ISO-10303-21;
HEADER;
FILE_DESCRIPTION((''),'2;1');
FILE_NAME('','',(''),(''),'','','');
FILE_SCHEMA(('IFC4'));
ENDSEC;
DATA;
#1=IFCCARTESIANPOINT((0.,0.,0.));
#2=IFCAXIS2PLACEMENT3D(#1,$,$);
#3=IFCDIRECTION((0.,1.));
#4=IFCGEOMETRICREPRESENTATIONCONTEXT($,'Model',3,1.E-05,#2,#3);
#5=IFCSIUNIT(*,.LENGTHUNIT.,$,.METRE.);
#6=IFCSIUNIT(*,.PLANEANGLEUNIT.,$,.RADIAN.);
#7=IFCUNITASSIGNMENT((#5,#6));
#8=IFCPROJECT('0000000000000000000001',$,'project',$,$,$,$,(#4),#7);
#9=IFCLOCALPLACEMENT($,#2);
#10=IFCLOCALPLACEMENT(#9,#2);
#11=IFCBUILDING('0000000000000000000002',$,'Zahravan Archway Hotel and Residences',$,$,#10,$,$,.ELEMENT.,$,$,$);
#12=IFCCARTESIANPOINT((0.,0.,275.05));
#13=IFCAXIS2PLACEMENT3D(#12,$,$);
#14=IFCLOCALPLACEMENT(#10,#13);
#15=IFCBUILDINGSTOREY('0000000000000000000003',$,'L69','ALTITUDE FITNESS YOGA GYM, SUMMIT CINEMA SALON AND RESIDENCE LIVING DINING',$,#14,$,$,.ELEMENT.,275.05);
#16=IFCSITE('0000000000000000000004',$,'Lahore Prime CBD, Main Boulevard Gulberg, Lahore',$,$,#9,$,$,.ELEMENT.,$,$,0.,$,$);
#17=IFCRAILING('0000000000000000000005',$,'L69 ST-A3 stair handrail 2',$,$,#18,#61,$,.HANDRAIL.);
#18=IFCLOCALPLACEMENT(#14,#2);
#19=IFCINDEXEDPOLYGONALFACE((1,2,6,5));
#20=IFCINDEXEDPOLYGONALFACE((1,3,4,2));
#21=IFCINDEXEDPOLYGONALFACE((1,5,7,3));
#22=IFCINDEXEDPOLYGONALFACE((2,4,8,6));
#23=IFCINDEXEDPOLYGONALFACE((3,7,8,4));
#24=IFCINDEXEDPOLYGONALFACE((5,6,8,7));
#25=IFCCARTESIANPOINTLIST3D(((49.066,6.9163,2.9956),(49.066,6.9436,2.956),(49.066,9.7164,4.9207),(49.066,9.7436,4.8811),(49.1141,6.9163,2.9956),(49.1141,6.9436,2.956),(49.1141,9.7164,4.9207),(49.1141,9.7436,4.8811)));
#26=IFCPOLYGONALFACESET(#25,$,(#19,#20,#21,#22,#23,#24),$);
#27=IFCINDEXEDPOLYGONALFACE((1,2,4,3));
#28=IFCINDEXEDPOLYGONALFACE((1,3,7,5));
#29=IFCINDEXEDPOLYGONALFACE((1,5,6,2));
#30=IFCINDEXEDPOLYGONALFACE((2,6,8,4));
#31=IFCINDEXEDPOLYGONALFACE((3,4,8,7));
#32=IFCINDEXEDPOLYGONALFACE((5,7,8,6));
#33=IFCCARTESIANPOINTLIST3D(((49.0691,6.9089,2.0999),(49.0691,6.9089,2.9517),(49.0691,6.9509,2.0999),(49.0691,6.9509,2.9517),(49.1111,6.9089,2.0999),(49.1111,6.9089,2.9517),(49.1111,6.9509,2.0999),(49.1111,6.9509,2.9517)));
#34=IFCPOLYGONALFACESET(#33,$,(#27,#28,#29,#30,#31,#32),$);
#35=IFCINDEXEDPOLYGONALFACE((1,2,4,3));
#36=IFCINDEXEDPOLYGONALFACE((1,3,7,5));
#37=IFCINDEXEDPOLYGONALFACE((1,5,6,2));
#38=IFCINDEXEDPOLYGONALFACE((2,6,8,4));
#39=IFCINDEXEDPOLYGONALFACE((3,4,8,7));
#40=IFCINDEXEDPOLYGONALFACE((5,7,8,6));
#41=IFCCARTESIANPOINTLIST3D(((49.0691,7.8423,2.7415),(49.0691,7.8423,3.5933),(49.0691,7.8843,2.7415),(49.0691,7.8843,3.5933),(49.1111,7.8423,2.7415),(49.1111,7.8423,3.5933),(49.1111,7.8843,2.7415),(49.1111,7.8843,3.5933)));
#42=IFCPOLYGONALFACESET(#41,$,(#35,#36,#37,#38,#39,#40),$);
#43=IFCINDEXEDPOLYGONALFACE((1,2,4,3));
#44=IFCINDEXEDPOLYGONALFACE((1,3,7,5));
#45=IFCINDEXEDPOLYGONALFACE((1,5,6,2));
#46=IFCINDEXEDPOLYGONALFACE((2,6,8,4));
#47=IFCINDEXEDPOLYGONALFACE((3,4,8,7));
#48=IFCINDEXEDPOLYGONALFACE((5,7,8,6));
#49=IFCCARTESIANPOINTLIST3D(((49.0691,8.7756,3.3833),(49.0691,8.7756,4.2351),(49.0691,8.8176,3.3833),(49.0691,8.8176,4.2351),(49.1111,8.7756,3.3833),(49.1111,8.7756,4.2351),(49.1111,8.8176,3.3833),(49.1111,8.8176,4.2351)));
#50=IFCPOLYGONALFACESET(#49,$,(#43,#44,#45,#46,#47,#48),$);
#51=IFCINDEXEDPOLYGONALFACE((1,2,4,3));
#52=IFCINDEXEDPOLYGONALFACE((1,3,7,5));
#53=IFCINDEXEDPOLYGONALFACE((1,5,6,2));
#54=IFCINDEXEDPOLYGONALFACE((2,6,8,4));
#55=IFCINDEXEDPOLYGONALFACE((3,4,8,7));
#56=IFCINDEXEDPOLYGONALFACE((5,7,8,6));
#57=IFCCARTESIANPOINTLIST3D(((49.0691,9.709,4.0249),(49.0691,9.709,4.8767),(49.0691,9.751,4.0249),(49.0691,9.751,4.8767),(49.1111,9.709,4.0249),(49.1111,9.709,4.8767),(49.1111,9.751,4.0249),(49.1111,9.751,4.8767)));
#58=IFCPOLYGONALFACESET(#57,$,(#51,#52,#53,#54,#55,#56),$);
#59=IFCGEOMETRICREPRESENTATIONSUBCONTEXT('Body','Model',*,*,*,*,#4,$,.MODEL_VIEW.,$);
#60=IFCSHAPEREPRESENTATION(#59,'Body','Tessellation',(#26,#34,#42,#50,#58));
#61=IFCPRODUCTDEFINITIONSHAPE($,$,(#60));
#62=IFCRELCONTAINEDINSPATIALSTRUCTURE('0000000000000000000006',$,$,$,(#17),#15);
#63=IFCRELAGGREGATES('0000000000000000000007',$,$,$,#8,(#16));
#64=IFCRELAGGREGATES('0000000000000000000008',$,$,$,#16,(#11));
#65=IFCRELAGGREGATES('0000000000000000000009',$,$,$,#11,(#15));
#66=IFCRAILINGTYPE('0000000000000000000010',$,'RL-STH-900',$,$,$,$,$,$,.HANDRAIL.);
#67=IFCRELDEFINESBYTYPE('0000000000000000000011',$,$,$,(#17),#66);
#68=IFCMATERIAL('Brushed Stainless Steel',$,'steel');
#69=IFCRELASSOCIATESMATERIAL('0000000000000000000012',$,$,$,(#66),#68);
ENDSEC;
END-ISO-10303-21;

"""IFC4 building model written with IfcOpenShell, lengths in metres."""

from ifc_helpers import new_model, si_unit, direction, frame, origin, origin_2d, place, context, subcontext, project, spatial, rectangle, extrude, material, type_object, element, save


model = new_model("IFC4")

# Units and contexts
model_context = context("Model", 3, precision=1e-05, world=origin(), true_north=direction((0.0, 1.0)))
body_context = subcontext(model_context, "Body", "Model", "MODEL_VIEW")
ifc_project = project(units=[si_unit("LENGTHUNIT", "METRE"), si_unit("PLANEANGLEUNIT", "RADIAN")], contexts=[model_context])

# Site, building, storey
site_placement = place(None, origin())
site = spatial("IfcSite", under=ifc_project, at=site_placement, Name="Lahore Prime CBD, Main Boulevard Gulberg, Lahore", CompositionType="ELEMENT", RefElevation=0.0)
building_placement = place(site_placement, origin())
building = spatial("IfcBuilding", under=site, at=building_placement, Name="Zahravan Archway Hotel and Residences", CompositionType="ELEMENT")
storey_placement = place(building_placement, frame((0.0, 0.0, 275.05)))
storey = spatial("IfcBuildingStorey", under=building, at=storey_placement, Name="L69", Description="ALTITUDE FITNESS YOGA GYM, SUMMIT CINEMA SALON AND RESIDENCE LIVING DINING", CompositionType="ELEMENT", Elevation=275.05)

# Railing
ifc_material_1 = material(Name="Brushed Stainless Steel", Category="steel")
railing_type_1 = type_object("IfcRailingType", Name="RL-STH-900", PredefinedType="HANDRAIL", material=ifc_material_1)
railing_1_placement = place(storey_placement, frame((49.0901, 6.9299, 2.0999)))
element("IfcRailing", 1, at=railing_1_placement, inside=storey, type_object=railing_type_1, Name="L69 ST-A3 stair handrail 2", PredefinedType="HANDRAIL", context=body_context, shape_type="SweptSolid", body=[
    extrude(rectangle(XDim=0.0481, YDim=0.0481, at=origin_2d()), frame((0.0, 0.0, 0.876), z_axis=(0.0, 0.82404, 0.566532), x_axis=(-1.0, 0.0, 0.0)), (0.0, 0.0, 1.0), 3.3979),
    extrude(rectangle(XDim=0.042, YDim=0.042, at=origin_2d()), origin(), (0.0, 0.0, 1.0), 0.8518),
    extrude(rectangle(XDim=0.042, YDim=0.042, at=origin_2d()), frame((0.0, 0.9333, 0.6416)), (0.0, 0.0, 1.0), 0.8518),
    extrude(rectangle(XDim=0.042, YDim=0.042, at=origin_2d()), frame((0.0, 1.8667, 1.2834)), (0.0, 0.0, 1.0), 0.8518),
    extrude(rectangle(XDim=0.042, YDim=0.042, at=origin_2d()), frame((0.0, 2.8, 1.925)), (0.0, 0.0, 1.0), 0.8518),
])

save(model, "model.ifc")
